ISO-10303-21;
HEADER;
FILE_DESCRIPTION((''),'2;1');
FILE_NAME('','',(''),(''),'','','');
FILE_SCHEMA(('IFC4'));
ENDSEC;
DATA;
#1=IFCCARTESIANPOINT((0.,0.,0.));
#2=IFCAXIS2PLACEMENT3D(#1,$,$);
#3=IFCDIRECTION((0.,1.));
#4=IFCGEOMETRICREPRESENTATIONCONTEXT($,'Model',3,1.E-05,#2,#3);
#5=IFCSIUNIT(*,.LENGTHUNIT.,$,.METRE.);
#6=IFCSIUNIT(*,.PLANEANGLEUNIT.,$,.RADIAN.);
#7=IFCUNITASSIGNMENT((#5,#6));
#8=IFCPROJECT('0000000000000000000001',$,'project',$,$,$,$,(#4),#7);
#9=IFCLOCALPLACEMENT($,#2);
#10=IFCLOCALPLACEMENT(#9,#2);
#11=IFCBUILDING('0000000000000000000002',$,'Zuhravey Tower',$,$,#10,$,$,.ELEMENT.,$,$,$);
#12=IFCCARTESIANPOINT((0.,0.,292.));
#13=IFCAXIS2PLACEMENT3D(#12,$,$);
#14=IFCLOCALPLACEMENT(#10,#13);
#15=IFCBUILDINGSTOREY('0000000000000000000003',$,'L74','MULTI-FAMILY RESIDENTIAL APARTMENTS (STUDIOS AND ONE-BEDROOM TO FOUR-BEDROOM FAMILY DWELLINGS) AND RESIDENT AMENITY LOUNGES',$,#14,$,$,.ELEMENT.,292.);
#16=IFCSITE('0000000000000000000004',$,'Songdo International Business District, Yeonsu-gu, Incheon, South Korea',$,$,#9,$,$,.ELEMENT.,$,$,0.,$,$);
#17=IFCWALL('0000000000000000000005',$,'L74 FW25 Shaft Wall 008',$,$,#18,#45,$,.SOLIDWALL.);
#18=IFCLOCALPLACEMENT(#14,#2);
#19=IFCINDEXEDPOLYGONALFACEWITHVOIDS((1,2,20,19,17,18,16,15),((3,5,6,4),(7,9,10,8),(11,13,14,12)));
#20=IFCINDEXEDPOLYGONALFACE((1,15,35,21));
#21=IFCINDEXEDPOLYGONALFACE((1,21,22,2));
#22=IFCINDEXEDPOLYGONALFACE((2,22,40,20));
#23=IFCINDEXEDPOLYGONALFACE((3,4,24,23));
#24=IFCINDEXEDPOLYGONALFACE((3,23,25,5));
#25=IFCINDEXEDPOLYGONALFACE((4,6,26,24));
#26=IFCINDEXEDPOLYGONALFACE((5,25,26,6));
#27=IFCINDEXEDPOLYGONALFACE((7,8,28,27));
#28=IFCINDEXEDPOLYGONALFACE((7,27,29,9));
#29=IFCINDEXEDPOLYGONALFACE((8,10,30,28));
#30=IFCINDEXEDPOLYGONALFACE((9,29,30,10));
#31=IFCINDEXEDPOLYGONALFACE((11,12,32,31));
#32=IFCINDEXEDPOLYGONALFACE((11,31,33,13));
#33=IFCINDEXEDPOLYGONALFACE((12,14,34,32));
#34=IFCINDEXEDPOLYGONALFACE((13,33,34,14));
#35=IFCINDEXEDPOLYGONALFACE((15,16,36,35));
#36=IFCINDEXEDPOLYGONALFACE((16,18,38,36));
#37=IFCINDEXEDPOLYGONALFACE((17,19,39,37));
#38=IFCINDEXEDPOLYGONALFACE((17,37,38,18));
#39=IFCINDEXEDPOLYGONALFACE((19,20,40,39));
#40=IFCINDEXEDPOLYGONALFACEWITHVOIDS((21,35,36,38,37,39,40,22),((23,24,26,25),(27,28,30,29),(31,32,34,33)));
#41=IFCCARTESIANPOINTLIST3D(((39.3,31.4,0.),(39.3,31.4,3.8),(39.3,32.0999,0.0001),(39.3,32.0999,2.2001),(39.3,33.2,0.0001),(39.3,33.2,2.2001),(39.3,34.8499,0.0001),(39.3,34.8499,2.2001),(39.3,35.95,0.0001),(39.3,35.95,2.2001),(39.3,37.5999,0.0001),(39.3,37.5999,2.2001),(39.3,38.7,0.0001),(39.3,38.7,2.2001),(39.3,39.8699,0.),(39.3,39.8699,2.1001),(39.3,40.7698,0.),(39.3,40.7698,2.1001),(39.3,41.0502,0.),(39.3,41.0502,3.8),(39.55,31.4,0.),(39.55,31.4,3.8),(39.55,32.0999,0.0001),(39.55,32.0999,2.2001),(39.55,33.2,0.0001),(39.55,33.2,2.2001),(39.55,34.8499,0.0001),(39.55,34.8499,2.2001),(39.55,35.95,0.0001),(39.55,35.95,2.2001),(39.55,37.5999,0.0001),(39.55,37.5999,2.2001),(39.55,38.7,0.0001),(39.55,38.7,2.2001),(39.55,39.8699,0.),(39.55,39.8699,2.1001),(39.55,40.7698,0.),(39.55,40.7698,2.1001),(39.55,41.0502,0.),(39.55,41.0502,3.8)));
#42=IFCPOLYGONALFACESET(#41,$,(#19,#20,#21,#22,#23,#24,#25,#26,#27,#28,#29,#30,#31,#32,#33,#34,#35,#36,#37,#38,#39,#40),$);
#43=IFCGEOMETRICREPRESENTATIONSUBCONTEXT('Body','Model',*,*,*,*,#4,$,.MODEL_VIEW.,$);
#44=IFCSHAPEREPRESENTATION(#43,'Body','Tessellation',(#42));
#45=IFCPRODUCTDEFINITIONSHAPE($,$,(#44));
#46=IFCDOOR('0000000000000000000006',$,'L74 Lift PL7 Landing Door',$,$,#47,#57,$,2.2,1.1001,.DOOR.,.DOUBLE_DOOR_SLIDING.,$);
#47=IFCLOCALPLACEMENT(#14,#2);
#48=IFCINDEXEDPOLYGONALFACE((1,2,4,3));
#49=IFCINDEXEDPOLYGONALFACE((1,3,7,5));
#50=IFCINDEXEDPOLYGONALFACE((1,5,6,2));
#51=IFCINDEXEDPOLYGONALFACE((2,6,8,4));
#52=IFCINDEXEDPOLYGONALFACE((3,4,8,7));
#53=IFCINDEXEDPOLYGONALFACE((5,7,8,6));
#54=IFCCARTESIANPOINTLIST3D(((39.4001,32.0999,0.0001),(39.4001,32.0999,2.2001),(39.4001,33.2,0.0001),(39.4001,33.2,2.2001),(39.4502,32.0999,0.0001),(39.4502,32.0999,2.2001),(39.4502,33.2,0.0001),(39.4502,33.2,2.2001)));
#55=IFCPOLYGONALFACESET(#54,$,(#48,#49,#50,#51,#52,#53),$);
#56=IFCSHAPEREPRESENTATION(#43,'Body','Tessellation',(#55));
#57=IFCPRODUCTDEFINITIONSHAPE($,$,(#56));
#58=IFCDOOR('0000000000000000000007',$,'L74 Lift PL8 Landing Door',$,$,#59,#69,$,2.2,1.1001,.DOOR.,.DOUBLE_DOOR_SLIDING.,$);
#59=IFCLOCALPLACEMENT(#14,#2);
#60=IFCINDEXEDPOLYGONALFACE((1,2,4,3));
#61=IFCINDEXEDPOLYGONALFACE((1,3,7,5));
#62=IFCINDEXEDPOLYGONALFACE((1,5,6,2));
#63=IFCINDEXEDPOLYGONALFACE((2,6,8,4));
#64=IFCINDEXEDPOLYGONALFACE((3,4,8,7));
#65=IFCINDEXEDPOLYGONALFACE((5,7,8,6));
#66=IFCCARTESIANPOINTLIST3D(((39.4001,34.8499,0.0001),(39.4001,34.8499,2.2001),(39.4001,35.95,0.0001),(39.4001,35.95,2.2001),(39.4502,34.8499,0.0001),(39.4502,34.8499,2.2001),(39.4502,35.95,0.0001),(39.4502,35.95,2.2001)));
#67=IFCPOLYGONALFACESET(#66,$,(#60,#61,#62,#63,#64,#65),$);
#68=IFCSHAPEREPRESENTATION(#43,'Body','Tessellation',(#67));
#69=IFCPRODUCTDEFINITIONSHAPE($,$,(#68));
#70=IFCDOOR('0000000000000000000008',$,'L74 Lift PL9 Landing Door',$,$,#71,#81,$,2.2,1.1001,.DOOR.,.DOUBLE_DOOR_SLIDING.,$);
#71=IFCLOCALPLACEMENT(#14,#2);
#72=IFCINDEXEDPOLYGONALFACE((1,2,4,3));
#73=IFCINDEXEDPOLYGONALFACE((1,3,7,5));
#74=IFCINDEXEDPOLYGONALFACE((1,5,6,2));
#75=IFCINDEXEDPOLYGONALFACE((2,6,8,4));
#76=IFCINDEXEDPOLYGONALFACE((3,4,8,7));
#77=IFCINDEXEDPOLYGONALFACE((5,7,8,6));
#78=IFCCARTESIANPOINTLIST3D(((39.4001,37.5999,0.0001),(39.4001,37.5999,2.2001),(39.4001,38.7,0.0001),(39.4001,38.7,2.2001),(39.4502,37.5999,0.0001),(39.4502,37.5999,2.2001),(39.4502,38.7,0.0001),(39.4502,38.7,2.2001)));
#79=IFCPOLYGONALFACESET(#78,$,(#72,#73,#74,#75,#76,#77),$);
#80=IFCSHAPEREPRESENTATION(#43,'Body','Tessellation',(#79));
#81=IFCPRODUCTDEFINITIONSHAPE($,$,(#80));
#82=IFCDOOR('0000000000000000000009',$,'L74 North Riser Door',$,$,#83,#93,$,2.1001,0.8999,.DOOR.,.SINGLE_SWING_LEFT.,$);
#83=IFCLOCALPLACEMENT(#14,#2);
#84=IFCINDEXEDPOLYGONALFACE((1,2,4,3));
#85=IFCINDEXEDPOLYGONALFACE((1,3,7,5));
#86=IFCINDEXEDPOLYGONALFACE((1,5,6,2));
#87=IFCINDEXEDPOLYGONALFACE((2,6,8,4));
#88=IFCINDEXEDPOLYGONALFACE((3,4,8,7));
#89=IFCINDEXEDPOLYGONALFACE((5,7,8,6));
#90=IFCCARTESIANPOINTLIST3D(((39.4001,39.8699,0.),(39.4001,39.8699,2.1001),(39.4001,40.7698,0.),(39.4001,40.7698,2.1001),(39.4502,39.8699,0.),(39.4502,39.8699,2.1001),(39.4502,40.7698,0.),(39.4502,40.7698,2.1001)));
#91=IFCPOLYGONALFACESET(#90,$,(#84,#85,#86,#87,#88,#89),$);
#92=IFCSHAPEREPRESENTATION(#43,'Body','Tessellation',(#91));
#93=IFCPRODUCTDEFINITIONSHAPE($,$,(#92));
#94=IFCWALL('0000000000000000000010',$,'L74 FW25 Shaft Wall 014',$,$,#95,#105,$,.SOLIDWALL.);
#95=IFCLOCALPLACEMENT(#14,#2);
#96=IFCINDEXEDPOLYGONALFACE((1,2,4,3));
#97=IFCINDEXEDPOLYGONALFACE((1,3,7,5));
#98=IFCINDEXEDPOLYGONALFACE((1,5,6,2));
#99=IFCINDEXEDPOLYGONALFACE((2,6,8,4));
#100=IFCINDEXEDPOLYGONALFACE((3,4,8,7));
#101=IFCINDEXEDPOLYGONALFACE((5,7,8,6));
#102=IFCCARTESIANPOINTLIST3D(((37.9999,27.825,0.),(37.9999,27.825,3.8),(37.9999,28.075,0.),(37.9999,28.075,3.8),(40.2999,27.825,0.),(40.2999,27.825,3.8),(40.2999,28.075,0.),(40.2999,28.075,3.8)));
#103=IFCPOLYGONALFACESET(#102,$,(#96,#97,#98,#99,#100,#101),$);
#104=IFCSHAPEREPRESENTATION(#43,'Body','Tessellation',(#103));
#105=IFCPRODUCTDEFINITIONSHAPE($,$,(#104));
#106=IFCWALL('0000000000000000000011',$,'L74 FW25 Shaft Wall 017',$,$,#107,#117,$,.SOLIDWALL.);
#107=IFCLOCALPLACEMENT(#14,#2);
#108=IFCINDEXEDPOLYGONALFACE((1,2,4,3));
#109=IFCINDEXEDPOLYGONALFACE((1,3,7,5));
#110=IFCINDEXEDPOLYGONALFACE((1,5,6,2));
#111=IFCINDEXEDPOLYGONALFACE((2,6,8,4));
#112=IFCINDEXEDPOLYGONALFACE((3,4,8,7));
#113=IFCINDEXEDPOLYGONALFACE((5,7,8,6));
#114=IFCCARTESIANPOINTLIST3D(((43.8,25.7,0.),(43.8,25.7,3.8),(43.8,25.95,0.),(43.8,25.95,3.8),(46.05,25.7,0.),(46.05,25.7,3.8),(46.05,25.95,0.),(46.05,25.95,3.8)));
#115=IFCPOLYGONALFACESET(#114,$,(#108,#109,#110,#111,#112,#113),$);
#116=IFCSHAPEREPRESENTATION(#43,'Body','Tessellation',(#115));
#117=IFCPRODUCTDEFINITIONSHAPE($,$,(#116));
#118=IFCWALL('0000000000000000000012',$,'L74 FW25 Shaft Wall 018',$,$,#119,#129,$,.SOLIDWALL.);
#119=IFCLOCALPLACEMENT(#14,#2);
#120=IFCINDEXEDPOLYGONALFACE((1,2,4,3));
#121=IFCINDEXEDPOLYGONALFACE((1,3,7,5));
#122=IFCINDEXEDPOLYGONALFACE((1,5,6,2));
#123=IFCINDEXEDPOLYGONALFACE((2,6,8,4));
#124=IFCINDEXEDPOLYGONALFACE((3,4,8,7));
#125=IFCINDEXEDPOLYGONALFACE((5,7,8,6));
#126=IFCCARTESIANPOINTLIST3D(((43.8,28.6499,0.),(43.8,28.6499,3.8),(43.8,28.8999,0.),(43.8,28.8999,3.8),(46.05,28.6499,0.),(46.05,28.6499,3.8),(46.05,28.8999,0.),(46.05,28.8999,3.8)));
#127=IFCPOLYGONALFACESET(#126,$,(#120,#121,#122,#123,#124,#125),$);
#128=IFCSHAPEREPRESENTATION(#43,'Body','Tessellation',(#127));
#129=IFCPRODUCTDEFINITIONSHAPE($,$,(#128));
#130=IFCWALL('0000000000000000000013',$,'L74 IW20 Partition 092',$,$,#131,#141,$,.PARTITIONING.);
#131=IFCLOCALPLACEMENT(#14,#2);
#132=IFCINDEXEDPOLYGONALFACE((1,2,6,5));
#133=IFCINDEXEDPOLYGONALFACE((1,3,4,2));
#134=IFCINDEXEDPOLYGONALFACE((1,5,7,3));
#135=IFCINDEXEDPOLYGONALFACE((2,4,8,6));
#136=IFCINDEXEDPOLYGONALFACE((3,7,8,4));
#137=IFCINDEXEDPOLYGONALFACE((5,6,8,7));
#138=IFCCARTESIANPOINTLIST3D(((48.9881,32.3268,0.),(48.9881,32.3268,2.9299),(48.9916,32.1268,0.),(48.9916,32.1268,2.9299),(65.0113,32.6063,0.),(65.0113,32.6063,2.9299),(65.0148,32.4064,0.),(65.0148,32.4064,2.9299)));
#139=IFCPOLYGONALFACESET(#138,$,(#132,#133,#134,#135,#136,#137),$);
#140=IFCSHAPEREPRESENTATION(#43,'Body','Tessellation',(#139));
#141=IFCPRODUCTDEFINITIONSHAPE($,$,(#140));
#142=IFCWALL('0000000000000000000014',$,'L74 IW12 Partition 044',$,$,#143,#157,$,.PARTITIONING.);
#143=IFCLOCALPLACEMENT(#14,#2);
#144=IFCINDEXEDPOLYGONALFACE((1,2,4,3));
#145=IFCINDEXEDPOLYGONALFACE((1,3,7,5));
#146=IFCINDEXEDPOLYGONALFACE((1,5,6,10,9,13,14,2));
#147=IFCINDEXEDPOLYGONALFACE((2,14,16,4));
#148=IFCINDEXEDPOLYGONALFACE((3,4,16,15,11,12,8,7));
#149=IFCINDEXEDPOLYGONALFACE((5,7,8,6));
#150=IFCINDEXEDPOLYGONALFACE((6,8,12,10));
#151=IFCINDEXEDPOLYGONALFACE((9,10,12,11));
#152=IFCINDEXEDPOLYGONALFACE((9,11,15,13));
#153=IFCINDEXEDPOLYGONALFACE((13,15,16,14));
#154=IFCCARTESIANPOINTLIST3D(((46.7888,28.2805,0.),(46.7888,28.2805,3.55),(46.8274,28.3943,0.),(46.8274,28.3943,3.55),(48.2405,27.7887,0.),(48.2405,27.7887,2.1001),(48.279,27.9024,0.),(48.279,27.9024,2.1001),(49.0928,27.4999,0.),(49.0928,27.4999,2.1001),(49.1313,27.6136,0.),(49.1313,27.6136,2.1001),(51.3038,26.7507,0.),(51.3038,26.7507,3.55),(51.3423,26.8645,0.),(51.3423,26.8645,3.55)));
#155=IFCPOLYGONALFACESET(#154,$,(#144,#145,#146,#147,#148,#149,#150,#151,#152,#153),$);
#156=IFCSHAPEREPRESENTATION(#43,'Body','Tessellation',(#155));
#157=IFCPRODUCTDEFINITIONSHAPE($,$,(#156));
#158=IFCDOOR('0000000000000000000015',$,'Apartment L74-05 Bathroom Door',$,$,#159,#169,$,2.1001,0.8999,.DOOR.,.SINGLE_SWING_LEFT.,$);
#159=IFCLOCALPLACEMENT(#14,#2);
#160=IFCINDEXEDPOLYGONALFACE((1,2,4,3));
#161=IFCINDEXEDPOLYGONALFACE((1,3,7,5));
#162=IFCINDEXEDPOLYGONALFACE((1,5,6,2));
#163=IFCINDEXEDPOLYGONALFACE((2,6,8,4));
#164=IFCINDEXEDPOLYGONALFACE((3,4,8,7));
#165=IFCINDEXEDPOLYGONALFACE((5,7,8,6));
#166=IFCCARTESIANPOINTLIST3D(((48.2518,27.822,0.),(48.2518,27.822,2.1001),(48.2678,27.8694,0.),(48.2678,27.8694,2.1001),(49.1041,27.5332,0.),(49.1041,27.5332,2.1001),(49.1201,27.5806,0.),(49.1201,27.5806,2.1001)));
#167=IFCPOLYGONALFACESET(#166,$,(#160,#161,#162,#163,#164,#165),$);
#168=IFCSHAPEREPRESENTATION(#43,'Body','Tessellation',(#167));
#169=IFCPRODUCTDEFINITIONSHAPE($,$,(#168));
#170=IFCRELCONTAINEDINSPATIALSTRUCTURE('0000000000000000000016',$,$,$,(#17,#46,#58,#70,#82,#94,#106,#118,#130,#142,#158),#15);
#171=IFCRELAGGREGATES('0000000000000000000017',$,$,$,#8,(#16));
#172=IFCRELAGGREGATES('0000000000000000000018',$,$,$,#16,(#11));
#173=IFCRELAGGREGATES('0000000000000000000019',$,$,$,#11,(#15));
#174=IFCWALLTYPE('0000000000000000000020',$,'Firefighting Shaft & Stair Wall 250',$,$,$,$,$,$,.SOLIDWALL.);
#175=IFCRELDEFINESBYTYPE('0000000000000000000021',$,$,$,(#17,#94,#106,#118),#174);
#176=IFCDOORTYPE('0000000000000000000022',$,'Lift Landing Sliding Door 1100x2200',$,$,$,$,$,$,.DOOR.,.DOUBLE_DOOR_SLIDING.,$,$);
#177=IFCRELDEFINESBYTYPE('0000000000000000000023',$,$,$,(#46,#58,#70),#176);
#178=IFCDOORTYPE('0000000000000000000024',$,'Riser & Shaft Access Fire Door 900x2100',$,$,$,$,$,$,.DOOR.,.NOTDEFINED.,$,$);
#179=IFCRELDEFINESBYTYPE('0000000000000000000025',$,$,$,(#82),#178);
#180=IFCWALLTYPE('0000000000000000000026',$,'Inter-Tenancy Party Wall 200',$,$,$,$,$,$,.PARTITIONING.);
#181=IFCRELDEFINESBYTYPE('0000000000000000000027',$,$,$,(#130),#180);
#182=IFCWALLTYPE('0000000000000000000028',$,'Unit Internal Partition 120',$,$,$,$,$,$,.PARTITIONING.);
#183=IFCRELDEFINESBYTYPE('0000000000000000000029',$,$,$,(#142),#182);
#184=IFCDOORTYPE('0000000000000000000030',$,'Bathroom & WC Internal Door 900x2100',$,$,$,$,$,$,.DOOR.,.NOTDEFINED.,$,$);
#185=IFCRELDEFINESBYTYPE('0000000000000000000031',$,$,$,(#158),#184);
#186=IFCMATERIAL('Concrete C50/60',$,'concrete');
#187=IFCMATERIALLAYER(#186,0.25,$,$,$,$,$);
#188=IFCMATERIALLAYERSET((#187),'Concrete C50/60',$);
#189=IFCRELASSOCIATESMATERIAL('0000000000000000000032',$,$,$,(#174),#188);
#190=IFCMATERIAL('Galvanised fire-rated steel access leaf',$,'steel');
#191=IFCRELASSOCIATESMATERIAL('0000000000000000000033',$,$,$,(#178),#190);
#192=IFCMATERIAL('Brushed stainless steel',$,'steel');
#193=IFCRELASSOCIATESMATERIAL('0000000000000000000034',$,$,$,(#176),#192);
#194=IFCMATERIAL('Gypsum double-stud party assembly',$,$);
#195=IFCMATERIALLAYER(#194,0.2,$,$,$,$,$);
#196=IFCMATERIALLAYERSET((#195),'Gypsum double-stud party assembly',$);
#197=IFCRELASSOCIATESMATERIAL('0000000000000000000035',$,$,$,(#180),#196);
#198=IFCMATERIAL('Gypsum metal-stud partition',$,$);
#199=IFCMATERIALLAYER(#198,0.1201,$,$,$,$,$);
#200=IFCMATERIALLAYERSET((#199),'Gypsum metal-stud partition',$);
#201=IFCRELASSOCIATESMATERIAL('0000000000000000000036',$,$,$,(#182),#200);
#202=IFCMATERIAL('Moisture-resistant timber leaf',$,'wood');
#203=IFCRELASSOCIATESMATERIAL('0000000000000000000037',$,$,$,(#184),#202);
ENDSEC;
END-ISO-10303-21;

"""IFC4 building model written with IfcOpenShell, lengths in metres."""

from ifc_helpers import new_model, si_unit, direction, frame, frame_2d, origin, place, context, subcontext, project, spatial, rectangle, extrude, material, layer, layer_set, type_object, element, fill, save


model = new_model("IFC4")

# Units and contexts
model_context = context("Model", 3, precision=1e-05, world=origin(), true_north=direction((0.0, 1.0)))
body_context = subcontext(model_context, "Body", "Model", "MODEL_VIEW")
ifc_project = project(units=[si_unit("LENGTHUNIT", "METRE"), si_unit("PLANEANGLEUNIT", "RADIAN")], contexts=[model_context])

# Site, building, storey
site_placement = place(None, origin())
site = spatial("IfcSite", under=ifc_project, at=site_placement, Name="Songdo International Business District, Yeonsu-gu, Incheon, South Korea", CompositionType="ELEMENT", RefElevation=0.0)
building_placement = place(site_placement, origin())
building = spatial("IfcBuilding", under=site, at=building_placement, Name="Zuhravey Tower", CompositionType="ELEMENT")
storey_placement = place(building_placement, frame((0.0, 0.0, 292.0)))
storey = spatial("IfcBuildingStorey", under=building, at=storey_placement, Name="L74", Description="MULTI-FAMILY RESIDENTIAL APARTMENTS (STUDIOS AND ONE-BEDROOM TO FOUR-BEDROOM FAMILY DWELLINGS) AND RESIDENT AMENITY LOUNGES", CompositionType="ELEMENT", Elevation=292.0)

# Shared definitions
ifc_material_1 = material(Name="Concrete C50/60", Category="concrete")
ifc_layer_1 = layer(ifc_material_1, 0.25)
ifc_layer_set_1 = layer_set([ifc_layer_1], Name="Concrete C50/60")
wall_type_1 = type_object("IfcWallType", Name="Firefighting Shaft & Stair Wall 250", PredefinedType="SOLIDWALL", material=ifc_layer_set_1)

# Wall, openings, doors
ifc_material_2 = material(Name="Galvanised fire-rated steel access leaf", Category="steel")
door_type_1 = type_object("IfcDoorType", Name="Riser & Shaft Access Fire Door 900x2100", OperationType="NOTDEFINED", PredefinedType="DOOR", material=ifc_material_2)
wall_1_placement = place(storey_placement, frame((39.425, 31.3999, 0.0), z_axis=(0.0, 0.0, 1.0), x_axis=(0.0, 1.0, 0.0)))
wall_1 = element("IfcWall", 1, at=wall_1_placement, inside=storey, type_object=wall_type_1, Name="L74 FW25 Shaft Wall 008", PredefinedType="SOLIDWALL", context=body_context, shape_type="SweptSolid", body=[
    extrude(rectangle(XDim=9.6501, YDim=0.25, at=frame_2d((4.8252, 0.0))), origin(), (0.0, 0.0, 1.0), 3.8),
])
opening_1_placement = place(wall_1_placement, frame((0.7, 0.0, 0.0)))
opening_1 = element("IfcOpeningElement", 2, at=opening_1_placement, cuts=wall_1, PredefinedType="OPENING", context=body_context, shape_type="SweptSolid", body=[
    extrude(rectangle(XDim=1.1001, YDim=2.2, at=frame_2d((0.55, 1.1001))), frame((0.0, 0.137, 0.0), z_axis=(0.0, -1.0, 0.0), x_axis=(1.0, 0.0, 0.0)), (0.0, 0.0, 1.0), 0.2739),
])
opening_2_placement = place(wall_1_placement, frame((3.45, 0.0, 0.0)))
opening_2 = element("IfcOpeningElement", 3, at=opening_2_placement, cuts=wall_1, PredefinedType="OPENING", context=body_context, shape_type="SweptSolid", body=[
    extrude(rectangle(XDim=1.1001, YDim=2.2, at=frame_2d((0.55, 1.1001))), frame((0.0, 0.137, 0.0), z_axis=(0.0, -1.0, 0.0), x_axis=(1.0, 0.0, 0.0)), (0.0, 0.0, 1.0), 0.2739),
])
opening_3_placement = place(wall_1_placement, frame((6.2, 0.0, 0.0)))
opening_3 = element("IfcOpeningElement", 4, at=opening_3_placement, cuts=wall_1, PredefinedType="OPENING", context=body_context, shape_type="SweptSolid", body=[
    extrude(rectangle(XDim=1.1001, YDim=2.2, at=frame_2d((0.55, 1.1001))), frame((0.0, 0.137, 0.0), z_axis=(0.0, -1.0, 0.0), x_axis=(1.0, 0.0, 0.0)), (0.0, 0.0, 1.0), 0.2739),
])
opening_4_placement = place(wall_1_placement, frame((8.47, 0.0, 0.0)))
opening_4 = element("IfcOpeningElement", 5, at=opening_4_placement, cuts=wall_1, PredefinedType="OPENING", context=body_context, shape_type="SweptSolid", body=[
    extrude(rectangle(XDim=0.8999, YDim=2.1001, at=frame_2d((0.45, 1.05))), frame((0.0, 0.137, 0.0), z_axis=(0.0, -1.0, 0.0), x_axis=(1.0, 0.0, 0.0)), (0.0, 0.0, 1.0), 0.2739),
])
ifc_material_3 = material(Name="Brushed stainless steel", Category="steel")
door_type_2 = type_object("IfcDoorType", Name="Lift Landing Sliding Door 1100x2200", OperationType="DOUBLE_DOOR_SLIDING", PredefinedType="DOOR", material=ifc_material_3)
door_1_placement = place(opening_1_placement, origin())
door_1 = element("IfcDoor", 6, at=door_1_placement, inside=storey, type_object=door_type_2, Name="L74 Lift PL7 Landing Door", OperationType="DOUBLE_DOOR_SLIDING", OverallHeight=2.2, OverallWidth=1.1001, PredefinedType="DOOR", context=body_context, shape_type="SweptSolid", body=[
    extrude(rectangle(XDim=1.1001, YDim=2.2, at=frame_2d((0.55, 1.1001))), frame((0.0, 0.0249, 0.0), z_axis=(0.0, -1.0, 0.0), x_axis=(1.0, 0.0, 0.0)), (0.0, 0.0, 1.0), 0.05),
])
fill(opening_1, door_1)
door_2_placement = place(opening_2_placement, origin())
door_2 = element("IfcDoor", 7, at=door_2_placement, inside=storey, type_object=door_type_2, Name="L74 Lift PL8 Landing Door", OperationType="DOUBLE_DOOR_SLIDING", OverallHeight=2.2, OverallWidth=1.1001, PredefinedType="DOOR", context=body_context, shape_type="SweptSolid", body=[
    extrude(rectangle(XDim=1.1001, YDim=2.2, at=frame_2d((0.55, 1.1001))), frame((0.0, 0.0249, 0.0), z_axis=(0.0, -1.0, 0.0), x_axis=(1.0, 0.0, 0.0)), (0.0, 0.0, 1.0), 0.05),
])
fill(opening_2, door_2)
door_3_placement = place(opening_3_placement, origin())
door_3 = element("IfcDoor", 8, at=door_3_placement, inside=storey, type_object=door_type_2, Name="L74 Lift PL9 Landing Door", OperationType="DOUBLE_DOOR_SLIDING", OverallHeight=2.2, OverallWidth=1.1001, PredefinedType="DOOR", context=body_context, shape_type="SweptSolid", body=[
    extrude(rectangle(XDim=1.1001, YDim=2.2, at=frame_2d((0.55, 1.1001))), frame((0.0, 0.0249, 0.0), z_axis=(0.0, -1.0, 0.0), x_axis=(1.0, 0.0, 0.0)), (0.0, 0.0, 1.0), 0.05),
])
fill(opening_3, door_3)
door_4_placement = place(opening_4_placement, origin())
door_4 = element("IfcDoor", 9, at=door_4_placement, inside=storey, type_object=door_type_1, Name="L74 North Riser Door", OperationType="SINGLE_SWING_LEFT", OverallHeight=2.1001, OverallWidth=0.8999, PredefinedType="DOOR", context=body_context, shape_type="SweptSolid", body=[
    extrude(rectangle(XDim=0.8999, YDim=2.1001, at=frame_2d((0.45, 1.05))), frame((0.0, 0.0249, 0.0), z_axis=(0.0, -1.0, 0.0), x_axis=(1.0, 0.0, 0.0)), (0.0, 0.0, 1.0), 0.05),
])
fill(opening_4, door_4)

# Walls
wall_2_placement = place(storey_placement, frame((38.0, 27.95, 0.0), z_axis=(0.0, 0.0, 1.0), x_axis=(1.0, 0.0, 0.0)))
element("IfcWall", 10, at=wall_2_placement, inside=storey, type_object=wall_type_1, Name="L74 FW25 Shaft Wall 014", PredefinedType="SOLIDWALL", context=body_context, shape_type="SweptSolid", body=[
    extrude(rectangle(XDim=2.3, YDim=0.25, at=frame_2d((1.1499, 0.0))), origin(), (0.0, 0.0, 1.0), 3.8),
])
for number, where, z_axis, x_axis, name in (
    (11, (43.8, 25.825, 0.0), (0.0, 0.0, 1.0), (1.0, 0.0, 0.0), "L74 FW25 Shaft Wall 017"),
    (12, (43.8, 28.7749, 0.0), (0.0, 0.0, 1.0), (1.0, 0.0, 0.0), "L74 FW25 Shaft Wall 018"),
):
    element("IfcWall", number, at=place(storey_placement, frame(where, z_axis=z_axis, x_axis=x_axis)), inside=storey, type_object=wall_type_1, Name=name, PredefinedType="SOLIDWALL", context=body_context, shape_type="SweptSolid", body=[
        extrude(rectangle(XDim=2.25, YDim=0.25, at=frame_2d((1.125, 0.0))), origin(), (0.0, 0.0, 1.0), 3.8),
    ])
ifc_material_4 = material(Name="Gypsum double-stud party assembly")
ifc_layer_2 = layer(ifc_material_4, 0.2)
ifc_layer_set_2 = layer_set([ifc_layer_2], Name="Gypsum double-stud party assembly")
wall_type_2 = type_object("IfcWallType", Name="Inter-Tenancy Party Wall 200", PredefinedType="PARTITIONING", material=ifc_layer_set_2)
wall_3_placement = place(storey_placement, frame((48.99, 32.2268, 0.0), z_axis=(0.0, 0.0, 1.0), x_axis=(0.999848, 0.017443, 0.0)))
element("IfcWall", 13, at=wall_3_placement, inside=storey, type_object=wall_type_2, Name="L74 IW20 Partition 092", PredefinedType="PARTITIONING", context=body_context, shape_type="SweptSolid", body=[
    extrude(rectangle(XDim=16.0256, YDim=0.2, at=frame_2d((8.0127, 0.0))), origin(), (0.0, 0.0, 1.0), 2.9299),
])

# Wall, opening, door
ifc_material_5 = material(Name="Gypsum metal-stud partition")
ifc_layer_3 = layer(ifc_material_5, 0.1201)
ifc_layer_set_3 = layer_set([ifc_layer_3], Name="Gypsum metal-stud partition")
wall_type_3 = type_object("IfcWallType", Name="Unit Internal Partition 120", PredefinedType="PARTITIONING", material=ifc_layer_set_3)
wall_4_placement = place(storey_placement, frame((46.8081, 28.3374, 0.0), z_axis=(0.0, 0.0, 1.0), x_axis=(0.94711, -0.32091, 0.0)))
wall_4 = element("IfcWall", 14, at=wall_4_placement, inside=storey, type_object=wall_type_3, Name="L74 IW12 Partition 044", PredefinedType="PARTITIONING", context=body_context, shape_type="SweptSolid", body=[
    extrude(rectangle(XDim=4.7671, YDim=0.1201, at=frame_2d((2.3835, 0.0))), origin(), (0.0, 0.0, 1.0), 3.55),
])
opening_5_placement = place(wall_4_placement, frame((1.5327, 0.0, 0.0)))
opening_5 = element("IfcOpeningElement", 15, at=opening_5_placement, cuts=wall_4, PredefinedType="OPENING", context=body_context, shape_type="SweptSolid", body=[
    extrude(rectangle(XDim=0.8999, YDim=2.1001, at=frame_2d((0.45, 1.05))), frame((0.0, 0.072, 0.0), z_axis=(0.0, -1.0, 0.0), x_axis=(1.0, 0.0, 0.0)), (0.0, 0.0, 1.0), 0.144),
])
ifc_material_6 = material(Name="Moisture-resistant timber leaf", Category="wood")
door_type_3 = type_object("IfcDoorType", Name="Bathroom & WC Internal Door 900x2100", OperationType="NOTDEFINED", PredefinedType="DOOR", material=ifc_material_6)
door_5_placement = place(opening_5_placement, frame((0.8999, 0.0, 0.0), z_axis=(0.0, 0.0, 1.0), x_axis=(-1.0, 0.0, 0.0)))
door_5 = element("IfcDoor", 16, at=door_5_placement, inside=storey, type_object=door_type_3, Name="Apartment L74-05 Bathroom Door", OperationType="SINGLE_SWING_LEFT", OverallHeight=2.1001, OverallWidth=0.8999, PredefinedType="DOOR", context=body_context, shape_type="SweptSolid", body=[
    extrude(rectangle(XDim=0.8999, YDim=2.1001, at=frame_2d((0.45, 1.05))), frame((0.0, 0.0249, 0.0), z_axis=(0.0, -1.0, 0.0), x_axis=(1.0, 0.0, 0.0)), (0.0, 0.0, 1.0), 0.05),
])
fill(opening_5, door_5)

save(model, "model.ifc")
